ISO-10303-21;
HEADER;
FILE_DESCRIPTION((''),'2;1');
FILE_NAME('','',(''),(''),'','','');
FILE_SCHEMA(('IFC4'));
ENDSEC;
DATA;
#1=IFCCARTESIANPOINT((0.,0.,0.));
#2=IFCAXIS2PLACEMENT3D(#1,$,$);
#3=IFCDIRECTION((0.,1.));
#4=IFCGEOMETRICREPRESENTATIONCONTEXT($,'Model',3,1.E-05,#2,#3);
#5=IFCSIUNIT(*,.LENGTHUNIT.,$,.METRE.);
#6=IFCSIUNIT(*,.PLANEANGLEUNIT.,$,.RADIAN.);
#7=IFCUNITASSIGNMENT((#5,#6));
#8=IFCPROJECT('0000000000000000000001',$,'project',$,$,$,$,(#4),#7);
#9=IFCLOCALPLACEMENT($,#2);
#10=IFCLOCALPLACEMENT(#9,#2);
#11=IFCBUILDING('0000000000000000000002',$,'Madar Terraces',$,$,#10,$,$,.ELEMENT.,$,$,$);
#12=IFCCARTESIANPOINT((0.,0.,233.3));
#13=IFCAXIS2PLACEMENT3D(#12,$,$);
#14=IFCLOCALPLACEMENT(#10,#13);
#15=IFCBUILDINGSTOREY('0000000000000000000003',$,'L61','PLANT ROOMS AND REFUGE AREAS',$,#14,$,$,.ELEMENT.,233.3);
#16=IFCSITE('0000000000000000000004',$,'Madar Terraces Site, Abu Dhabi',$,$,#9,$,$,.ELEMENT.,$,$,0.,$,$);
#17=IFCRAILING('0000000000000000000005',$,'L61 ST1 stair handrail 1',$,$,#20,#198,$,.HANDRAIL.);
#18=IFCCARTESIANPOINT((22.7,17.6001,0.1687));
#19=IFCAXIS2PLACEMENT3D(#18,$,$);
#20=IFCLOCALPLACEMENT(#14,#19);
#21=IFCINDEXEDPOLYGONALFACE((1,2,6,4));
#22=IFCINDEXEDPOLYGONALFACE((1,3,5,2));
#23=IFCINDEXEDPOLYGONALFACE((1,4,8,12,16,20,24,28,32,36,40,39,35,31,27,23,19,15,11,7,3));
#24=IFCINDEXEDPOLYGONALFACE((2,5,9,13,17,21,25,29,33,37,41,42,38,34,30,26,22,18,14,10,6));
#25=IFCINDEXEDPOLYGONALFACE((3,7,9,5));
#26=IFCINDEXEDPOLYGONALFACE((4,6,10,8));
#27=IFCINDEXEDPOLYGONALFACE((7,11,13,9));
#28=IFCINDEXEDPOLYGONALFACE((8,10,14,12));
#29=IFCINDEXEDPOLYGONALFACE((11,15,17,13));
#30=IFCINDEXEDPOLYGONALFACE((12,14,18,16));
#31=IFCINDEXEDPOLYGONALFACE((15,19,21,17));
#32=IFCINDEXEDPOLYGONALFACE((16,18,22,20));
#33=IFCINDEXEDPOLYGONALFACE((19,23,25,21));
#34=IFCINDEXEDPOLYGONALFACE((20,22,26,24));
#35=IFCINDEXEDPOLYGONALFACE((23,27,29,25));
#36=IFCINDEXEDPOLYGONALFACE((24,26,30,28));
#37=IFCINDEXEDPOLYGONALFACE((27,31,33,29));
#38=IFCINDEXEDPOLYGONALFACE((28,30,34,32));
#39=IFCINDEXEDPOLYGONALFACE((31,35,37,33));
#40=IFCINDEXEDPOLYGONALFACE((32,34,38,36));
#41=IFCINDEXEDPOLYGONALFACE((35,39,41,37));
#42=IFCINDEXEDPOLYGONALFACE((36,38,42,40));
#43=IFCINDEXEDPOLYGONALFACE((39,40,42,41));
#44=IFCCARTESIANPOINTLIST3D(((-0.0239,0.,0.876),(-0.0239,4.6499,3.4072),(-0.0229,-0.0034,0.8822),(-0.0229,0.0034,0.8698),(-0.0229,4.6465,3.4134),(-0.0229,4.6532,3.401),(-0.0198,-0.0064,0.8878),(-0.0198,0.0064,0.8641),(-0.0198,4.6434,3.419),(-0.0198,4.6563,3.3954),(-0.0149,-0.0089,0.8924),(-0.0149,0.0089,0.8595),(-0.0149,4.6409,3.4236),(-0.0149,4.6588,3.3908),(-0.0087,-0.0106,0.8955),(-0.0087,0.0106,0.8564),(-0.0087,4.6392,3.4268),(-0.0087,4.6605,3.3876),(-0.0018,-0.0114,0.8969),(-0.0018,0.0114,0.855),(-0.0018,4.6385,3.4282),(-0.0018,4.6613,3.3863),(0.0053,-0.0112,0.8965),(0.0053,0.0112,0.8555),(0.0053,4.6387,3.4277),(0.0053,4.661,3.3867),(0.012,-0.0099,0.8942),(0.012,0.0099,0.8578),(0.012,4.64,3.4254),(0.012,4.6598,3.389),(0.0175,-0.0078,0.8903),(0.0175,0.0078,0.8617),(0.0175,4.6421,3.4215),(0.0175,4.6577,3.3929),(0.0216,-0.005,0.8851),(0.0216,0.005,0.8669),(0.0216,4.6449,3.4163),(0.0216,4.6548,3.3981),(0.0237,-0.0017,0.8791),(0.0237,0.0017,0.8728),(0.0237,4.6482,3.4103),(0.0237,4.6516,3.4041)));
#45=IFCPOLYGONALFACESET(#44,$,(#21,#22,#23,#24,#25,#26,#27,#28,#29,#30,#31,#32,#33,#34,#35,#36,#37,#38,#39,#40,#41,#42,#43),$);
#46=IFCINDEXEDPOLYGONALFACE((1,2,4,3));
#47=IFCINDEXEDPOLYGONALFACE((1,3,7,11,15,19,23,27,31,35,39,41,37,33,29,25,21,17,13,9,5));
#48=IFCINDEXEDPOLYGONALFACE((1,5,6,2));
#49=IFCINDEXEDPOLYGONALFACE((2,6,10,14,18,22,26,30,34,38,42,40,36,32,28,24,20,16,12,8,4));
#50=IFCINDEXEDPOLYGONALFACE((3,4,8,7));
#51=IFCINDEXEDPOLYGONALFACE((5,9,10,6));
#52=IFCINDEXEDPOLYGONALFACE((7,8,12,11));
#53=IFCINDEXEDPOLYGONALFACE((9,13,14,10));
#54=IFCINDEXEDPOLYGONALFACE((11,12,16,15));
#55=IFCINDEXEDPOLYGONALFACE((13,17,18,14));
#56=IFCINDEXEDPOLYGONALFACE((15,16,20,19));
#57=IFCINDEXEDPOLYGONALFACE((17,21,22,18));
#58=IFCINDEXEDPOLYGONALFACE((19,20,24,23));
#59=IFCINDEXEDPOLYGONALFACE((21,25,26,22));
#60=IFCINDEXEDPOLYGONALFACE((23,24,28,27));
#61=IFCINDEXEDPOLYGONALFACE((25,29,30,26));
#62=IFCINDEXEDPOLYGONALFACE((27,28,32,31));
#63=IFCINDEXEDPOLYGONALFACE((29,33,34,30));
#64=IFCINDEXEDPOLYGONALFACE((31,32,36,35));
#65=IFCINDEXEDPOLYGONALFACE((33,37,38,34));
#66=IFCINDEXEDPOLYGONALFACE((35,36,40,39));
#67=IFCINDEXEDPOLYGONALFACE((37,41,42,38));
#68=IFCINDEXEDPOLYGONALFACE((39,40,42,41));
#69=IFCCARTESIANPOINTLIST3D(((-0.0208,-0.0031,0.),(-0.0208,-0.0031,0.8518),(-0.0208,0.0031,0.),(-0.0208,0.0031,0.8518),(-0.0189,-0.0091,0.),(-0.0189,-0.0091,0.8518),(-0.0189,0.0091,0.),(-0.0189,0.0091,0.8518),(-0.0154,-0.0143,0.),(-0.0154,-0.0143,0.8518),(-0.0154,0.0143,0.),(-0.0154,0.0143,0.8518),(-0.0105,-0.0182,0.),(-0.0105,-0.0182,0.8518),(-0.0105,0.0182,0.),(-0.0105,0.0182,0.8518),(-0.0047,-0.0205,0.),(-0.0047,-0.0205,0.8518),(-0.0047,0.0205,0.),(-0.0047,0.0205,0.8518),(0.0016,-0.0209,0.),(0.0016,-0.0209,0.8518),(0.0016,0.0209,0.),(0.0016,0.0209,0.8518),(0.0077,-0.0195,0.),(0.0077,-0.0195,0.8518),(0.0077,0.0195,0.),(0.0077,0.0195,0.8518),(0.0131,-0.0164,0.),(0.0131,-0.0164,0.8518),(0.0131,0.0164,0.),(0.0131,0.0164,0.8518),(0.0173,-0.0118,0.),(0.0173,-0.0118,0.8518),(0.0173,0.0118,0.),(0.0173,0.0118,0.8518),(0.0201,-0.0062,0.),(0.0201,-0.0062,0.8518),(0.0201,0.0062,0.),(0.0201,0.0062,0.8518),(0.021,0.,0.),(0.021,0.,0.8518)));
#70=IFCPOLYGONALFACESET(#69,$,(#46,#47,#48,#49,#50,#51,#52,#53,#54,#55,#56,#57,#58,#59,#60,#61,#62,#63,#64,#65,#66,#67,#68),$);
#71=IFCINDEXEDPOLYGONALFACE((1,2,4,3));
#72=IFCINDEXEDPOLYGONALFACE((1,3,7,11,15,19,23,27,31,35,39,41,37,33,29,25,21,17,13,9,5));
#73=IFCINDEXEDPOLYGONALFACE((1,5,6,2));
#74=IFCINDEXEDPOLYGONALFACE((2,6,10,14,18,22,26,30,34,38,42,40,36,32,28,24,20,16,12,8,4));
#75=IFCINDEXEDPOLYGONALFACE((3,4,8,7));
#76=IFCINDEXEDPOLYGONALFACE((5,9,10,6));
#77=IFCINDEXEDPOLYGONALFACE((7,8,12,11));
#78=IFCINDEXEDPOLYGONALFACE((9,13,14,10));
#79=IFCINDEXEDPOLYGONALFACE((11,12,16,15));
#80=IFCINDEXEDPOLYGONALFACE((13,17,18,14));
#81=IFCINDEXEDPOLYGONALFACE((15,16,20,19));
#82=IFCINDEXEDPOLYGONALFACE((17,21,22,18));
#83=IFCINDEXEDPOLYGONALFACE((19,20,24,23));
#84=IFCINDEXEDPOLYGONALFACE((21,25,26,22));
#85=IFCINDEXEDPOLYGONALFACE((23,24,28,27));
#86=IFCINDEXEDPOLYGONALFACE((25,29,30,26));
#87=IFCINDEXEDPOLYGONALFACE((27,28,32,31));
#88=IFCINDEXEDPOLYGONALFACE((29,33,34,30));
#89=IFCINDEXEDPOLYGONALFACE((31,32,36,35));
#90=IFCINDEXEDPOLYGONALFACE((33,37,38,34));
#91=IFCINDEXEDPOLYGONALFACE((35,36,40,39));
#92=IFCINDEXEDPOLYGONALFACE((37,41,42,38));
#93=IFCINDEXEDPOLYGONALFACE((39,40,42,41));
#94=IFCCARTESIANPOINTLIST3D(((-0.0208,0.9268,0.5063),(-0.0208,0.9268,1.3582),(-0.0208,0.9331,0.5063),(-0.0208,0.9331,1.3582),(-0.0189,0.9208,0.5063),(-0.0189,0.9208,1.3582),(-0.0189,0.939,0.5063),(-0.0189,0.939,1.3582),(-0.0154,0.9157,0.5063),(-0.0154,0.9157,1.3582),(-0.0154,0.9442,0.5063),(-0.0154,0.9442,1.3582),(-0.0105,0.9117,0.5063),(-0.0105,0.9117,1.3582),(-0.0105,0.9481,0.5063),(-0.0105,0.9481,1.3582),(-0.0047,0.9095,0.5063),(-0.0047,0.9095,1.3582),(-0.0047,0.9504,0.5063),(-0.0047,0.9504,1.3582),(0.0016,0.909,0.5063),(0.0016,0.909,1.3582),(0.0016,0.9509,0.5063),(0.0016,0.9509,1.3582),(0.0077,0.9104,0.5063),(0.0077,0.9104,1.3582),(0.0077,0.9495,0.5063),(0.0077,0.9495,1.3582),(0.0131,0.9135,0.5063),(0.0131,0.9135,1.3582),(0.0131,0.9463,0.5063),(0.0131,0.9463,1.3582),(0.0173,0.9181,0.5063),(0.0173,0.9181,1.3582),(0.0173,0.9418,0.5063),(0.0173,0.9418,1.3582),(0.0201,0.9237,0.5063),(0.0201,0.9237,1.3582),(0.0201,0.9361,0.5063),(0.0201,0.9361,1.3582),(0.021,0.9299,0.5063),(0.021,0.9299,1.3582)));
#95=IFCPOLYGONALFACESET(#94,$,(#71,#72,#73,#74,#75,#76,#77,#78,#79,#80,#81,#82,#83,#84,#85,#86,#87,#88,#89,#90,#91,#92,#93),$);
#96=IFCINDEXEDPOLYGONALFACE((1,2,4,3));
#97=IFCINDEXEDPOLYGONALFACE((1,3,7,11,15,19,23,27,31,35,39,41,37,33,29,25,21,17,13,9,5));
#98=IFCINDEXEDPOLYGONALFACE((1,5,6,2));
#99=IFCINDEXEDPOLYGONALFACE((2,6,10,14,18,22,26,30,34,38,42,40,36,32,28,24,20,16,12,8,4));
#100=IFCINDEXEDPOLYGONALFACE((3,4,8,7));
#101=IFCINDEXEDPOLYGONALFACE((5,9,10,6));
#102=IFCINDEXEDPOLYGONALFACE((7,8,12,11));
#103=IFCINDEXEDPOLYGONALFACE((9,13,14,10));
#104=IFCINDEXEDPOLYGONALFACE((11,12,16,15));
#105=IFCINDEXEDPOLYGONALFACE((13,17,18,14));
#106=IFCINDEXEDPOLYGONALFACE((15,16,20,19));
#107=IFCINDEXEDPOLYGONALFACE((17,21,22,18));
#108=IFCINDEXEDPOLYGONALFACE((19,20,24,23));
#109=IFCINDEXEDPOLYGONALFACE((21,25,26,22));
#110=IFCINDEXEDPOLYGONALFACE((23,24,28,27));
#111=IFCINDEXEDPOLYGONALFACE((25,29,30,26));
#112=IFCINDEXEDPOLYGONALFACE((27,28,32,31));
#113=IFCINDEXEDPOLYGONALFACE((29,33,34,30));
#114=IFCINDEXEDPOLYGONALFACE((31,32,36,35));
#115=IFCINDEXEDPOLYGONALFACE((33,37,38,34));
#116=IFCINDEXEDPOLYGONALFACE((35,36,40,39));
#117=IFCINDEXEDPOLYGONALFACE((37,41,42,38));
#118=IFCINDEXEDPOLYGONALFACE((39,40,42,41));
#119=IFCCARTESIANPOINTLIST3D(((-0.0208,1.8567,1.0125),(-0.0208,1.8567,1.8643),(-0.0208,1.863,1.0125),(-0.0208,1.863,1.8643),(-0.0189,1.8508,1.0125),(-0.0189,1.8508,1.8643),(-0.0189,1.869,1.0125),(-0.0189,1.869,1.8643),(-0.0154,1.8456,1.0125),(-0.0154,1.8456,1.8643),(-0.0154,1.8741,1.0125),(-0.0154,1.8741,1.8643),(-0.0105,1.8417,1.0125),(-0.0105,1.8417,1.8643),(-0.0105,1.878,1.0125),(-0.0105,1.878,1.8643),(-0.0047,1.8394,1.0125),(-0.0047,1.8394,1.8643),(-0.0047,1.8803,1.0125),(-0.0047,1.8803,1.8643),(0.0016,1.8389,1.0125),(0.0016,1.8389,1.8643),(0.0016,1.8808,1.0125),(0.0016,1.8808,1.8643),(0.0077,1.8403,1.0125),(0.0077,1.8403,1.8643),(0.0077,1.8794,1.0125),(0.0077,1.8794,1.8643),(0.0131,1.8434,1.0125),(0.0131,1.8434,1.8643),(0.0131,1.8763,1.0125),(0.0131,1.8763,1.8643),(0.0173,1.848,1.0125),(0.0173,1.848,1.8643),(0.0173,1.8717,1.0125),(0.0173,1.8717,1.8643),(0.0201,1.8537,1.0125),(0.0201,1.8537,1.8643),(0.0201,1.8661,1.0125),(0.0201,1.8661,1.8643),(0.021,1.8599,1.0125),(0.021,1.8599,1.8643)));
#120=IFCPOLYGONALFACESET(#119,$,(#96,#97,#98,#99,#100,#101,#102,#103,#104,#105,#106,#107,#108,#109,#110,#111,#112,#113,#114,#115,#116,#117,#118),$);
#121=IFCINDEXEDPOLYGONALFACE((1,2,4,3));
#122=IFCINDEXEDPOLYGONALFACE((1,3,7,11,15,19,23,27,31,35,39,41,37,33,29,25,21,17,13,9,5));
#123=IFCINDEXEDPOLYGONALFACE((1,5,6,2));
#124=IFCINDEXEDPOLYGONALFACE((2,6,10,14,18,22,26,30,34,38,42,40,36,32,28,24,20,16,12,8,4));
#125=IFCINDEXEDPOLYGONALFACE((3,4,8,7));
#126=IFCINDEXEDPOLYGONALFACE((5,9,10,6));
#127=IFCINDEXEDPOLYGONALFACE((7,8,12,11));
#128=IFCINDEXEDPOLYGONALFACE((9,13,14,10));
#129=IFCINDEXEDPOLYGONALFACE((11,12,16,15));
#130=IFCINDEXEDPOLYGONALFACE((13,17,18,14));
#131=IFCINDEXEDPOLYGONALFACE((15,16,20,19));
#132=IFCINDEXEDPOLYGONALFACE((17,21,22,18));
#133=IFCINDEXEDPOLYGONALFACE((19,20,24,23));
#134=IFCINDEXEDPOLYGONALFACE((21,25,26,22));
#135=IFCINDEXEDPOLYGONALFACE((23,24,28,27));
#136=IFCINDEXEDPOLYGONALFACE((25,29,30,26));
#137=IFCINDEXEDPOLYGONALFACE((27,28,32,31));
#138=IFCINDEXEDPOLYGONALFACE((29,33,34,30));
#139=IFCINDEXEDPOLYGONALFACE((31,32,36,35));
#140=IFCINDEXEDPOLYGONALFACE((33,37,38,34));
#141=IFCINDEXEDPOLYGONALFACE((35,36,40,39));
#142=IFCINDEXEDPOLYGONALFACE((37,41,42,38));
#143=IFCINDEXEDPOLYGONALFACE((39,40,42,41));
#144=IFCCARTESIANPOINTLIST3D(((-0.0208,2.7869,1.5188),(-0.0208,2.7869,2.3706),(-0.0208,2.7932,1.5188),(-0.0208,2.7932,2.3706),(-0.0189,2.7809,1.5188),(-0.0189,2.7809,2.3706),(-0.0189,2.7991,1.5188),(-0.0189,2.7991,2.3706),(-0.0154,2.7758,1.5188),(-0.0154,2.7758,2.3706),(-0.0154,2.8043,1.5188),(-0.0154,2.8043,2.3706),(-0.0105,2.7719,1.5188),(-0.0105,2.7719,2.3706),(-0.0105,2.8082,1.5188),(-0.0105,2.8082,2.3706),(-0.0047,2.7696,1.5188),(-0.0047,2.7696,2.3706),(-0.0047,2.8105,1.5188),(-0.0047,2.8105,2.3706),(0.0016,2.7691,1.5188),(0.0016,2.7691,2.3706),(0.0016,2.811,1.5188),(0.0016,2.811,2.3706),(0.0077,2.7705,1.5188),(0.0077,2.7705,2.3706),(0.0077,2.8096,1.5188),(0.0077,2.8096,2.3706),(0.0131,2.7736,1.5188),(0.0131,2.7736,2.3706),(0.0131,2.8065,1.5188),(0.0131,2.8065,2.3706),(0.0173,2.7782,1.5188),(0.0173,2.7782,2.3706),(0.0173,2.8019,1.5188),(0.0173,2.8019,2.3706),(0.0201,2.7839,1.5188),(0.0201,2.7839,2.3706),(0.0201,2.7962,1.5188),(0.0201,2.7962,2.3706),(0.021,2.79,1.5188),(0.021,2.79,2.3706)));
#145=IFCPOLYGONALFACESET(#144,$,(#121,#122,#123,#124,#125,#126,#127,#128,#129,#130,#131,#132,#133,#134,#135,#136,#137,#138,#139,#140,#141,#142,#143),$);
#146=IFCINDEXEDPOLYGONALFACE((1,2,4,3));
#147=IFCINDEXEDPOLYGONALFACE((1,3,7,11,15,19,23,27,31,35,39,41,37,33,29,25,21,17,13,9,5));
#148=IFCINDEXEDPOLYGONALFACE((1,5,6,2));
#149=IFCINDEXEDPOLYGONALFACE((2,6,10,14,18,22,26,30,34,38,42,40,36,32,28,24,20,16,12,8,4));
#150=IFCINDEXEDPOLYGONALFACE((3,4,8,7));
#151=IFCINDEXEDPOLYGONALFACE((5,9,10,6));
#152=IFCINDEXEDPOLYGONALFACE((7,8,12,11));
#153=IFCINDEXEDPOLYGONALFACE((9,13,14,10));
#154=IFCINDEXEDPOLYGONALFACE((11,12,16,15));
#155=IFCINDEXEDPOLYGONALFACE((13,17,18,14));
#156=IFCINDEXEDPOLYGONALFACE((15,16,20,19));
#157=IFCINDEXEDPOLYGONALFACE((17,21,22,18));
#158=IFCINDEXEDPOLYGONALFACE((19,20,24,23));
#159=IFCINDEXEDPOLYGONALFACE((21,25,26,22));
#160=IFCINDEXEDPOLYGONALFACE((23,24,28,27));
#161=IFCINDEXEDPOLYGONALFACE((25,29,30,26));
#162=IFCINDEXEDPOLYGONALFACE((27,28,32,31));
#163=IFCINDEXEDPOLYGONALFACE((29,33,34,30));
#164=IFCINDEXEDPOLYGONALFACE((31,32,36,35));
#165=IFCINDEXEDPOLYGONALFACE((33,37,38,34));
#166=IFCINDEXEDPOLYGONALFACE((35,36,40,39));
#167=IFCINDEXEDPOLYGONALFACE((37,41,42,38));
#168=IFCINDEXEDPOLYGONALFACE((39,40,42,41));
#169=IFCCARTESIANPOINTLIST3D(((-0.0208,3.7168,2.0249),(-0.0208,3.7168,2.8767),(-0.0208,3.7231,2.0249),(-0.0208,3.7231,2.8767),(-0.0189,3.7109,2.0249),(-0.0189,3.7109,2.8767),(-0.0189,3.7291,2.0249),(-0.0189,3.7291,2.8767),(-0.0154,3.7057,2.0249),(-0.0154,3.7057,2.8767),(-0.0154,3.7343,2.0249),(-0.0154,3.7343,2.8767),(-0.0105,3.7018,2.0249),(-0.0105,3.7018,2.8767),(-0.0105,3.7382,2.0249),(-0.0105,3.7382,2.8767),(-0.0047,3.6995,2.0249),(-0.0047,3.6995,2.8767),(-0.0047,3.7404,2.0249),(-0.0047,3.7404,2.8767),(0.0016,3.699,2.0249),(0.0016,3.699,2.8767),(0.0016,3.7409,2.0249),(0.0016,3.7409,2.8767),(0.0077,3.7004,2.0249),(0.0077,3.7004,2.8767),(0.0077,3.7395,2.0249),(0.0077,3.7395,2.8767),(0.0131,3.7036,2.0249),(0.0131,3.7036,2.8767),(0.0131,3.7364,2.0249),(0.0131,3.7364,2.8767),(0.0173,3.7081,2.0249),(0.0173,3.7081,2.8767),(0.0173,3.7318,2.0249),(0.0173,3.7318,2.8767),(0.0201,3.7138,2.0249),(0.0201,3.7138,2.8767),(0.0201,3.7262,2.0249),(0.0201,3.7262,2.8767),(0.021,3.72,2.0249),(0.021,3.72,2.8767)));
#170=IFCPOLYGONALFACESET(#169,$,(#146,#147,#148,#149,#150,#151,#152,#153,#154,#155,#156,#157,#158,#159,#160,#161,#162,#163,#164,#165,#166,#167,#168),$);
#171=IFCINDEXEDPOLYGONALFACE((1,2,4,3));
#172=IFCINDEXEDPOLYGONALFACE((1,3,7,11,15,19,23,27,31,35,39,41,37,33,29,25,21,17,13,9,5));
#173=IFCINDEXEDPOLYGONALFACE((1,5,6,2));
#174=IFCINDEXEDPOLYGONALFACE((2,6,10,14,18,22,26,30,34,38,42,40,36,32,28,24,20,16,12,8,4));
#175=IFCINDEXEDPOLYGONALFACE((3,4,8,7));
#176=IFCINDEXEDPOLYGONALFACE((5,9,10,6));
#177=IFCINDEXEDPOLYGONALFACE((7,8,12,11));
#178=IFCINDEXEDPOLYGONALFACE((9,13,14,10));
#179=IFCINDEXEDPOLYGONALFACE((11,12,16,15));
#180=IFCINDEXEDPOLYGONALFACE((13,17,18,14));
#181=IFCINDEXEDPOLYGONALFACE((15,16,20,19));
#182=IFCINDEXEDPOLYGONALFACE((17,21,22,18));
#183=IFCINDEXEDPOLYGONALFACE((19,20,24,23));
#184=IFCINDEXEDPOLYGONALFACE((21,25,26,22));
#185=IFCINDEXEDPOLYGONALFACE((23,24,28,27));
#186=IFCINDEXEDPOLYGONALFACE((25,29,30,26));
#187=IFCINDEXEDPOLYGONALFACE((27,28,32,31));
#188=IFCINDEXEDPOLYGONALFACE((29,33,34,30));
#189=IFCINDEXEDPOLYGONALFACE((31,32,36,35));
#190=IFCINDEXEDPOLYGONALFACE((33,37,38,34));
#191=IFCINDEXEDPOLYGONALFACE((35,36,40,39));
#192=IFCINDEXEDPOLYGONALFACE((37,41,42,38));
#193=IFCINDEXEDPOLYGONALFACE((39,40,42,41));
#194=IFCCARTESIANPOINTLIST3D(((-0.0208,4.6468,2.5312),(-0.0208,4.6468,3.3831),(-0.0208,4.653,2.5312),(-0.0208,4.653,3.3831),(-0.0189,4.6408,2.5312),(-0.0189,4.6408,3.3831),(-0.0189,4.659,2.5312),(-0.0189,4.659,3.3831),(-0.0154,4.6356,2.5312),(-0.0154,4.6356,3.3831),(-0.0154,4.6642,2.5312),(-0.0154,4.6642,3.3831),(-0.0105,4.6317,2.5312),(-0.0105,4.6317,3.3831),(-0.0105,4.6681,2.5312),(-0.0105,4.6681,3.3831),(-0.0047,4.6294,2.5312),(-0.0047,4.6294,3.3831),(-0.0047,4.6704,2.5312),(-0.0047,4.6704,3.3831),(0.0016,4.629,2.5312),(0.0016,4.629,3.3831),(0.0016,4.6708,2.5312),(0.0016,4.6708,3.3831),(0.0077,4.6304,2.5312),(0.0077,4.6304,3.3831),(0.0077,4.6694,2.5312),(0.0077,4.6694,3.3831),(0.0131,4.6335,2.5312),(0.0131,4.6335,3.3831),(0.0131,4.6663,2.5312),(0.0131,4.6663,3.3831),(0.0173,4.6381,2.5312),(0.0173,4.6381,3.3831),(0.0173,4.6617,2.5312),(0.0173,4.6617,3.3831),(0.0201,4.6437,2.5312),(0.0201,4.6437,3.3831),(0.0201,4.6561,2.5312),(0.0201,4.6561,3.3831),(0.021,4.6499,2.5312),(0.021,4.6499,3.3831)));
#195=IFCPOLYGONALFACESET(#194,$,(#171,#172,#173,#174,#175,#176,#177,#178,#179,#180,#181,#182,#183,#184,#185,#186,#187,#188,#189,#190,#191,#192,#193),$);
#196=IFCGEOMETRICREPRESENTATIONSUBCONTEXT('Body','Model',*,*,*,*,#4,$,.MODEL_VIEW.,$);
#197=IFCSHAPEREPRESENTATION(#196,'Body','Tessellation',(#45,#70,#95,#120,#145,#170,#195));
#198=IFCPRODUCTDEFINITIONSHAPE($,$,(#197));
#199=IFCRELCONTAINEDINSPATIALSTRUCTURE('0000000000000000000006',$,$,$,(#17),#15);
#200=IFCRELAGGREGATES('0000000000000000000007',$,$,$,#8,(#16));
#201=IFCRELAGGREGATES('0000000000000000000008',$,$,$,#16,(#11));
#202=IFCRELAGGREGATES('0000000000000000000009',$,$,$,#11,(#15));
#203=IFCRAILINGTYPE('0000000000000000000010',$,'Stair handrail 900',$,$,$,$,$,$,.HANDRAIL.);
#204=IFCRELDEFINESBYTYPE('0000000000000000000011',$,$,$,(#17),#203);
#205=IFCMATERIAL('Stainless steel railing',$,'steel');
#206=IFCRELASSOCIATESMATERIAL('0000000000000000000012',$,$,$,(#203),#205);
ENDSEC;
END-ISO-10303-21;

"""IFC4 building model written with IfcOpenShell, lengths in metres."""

from ifc_helpers import new_model, si_unit, direction, frame, origin, origin_2d, place, context, subcontext, project, spatial, circle, extrude, material, type_object, element, save


model = new_model("IFC4")

# Units and contexts
model_context = context("Model", 3, precision=1e-05, world=origin(), true_north=direction((0.0, 1.0)))
body_context = subcontext(model_context, "Body", "Model", "MODEL_VIEW")
ifc_project = project(units=[si_unit("LENGTHUNIT", "METRE"), si_unit("PLANEANGLEUNIT", "RADIAN")], contexts=[model_context])

# Site, building, storey
site_placement = place(None, origin())
site = spatial("IfcSite", under=ifc_project, at=site_placement, Name="Madar Terraces Site, Abu Dhabi", CompositionType="ELEMENT", RefElevation=0.0)
building_placement = place(site_placement, origin())
building = spatial("IfcBuilding", under=site, at=building_placement, Name="Madar Terraces", CompositionType="ELEMENT")
storey_placement = place(building_placement, frame((0.0, 0.0, 233.3)))
storey = spatial("IfcBuildingStorey", under=building, at=storey_placement, Name="L61", Description="PLANT ROOMS AND REFUGE AREAS", CompositionType="ELEMENT", Elevation=233.3)

# Railing
ifc_material_1 = material(Name="Stainless steel railing", Category="steel")
railing_type_1 = type_object("IfcRailingType", Name="Stair handrail 900", PredefinedType="HANDRAIL", material=ifc_material_1)
railing_1_placement = place(storey_placement, frame((22.7, 17.6001, 0.1687)))
element("IfcRailing", 1, at=railing_1_placement, inside=storey, type_object=railing_type_1, Name="L61 ST1 stair handrail 1", PredefinedType="HANDRAIL", context=body_context, shape_type="SweptSolid", body=[
    extrude(circle(Radius=0.0239, at=origin_2d()), frame((0.0, 0.0, 0.876), z_axis=(0.0, 0.878297, 0.478115), x_axis=(-1.0, 0.0, 0.0)), (0.0, 0.0, 1.0), 5.2942),
    extrude(circle(Radius=0.021, at=origin_2d()), origin(), (0.0, 0.0, 1.0), 0.8518),
    extrude(circle(Radius=0.021, at=origin_2d()), frame((0.0, 0.9299, 0.5063)), (0.0, 0.0, 1.0), 0.8518),
    extrude(circle(Radius=0.021, at=origin_2d()), frame((0.0, 1.8599, 1.0125)), (0.0, 0.0, 1.0), 0.8518),
    extrude(circle(Radius=0.021, at=origin_2d()), frame((0.0, 2.79, 1.5188)), (0.0, 0.0, 1.0), 0.8518),
    extrude(circle(Radius=0.021, at=origin_2d()), frame((0.0, 3.72, 2.0249)), (0.0, 0.0, 1.0), 0.8518),
    extrude(circle(Radius=0.021, at=origin_2d()), frame((0.0, 4.6499, 2.5312)), (0.0, 0.0, 1.0), 0.8518),
])

save(model, "model.ifc")
